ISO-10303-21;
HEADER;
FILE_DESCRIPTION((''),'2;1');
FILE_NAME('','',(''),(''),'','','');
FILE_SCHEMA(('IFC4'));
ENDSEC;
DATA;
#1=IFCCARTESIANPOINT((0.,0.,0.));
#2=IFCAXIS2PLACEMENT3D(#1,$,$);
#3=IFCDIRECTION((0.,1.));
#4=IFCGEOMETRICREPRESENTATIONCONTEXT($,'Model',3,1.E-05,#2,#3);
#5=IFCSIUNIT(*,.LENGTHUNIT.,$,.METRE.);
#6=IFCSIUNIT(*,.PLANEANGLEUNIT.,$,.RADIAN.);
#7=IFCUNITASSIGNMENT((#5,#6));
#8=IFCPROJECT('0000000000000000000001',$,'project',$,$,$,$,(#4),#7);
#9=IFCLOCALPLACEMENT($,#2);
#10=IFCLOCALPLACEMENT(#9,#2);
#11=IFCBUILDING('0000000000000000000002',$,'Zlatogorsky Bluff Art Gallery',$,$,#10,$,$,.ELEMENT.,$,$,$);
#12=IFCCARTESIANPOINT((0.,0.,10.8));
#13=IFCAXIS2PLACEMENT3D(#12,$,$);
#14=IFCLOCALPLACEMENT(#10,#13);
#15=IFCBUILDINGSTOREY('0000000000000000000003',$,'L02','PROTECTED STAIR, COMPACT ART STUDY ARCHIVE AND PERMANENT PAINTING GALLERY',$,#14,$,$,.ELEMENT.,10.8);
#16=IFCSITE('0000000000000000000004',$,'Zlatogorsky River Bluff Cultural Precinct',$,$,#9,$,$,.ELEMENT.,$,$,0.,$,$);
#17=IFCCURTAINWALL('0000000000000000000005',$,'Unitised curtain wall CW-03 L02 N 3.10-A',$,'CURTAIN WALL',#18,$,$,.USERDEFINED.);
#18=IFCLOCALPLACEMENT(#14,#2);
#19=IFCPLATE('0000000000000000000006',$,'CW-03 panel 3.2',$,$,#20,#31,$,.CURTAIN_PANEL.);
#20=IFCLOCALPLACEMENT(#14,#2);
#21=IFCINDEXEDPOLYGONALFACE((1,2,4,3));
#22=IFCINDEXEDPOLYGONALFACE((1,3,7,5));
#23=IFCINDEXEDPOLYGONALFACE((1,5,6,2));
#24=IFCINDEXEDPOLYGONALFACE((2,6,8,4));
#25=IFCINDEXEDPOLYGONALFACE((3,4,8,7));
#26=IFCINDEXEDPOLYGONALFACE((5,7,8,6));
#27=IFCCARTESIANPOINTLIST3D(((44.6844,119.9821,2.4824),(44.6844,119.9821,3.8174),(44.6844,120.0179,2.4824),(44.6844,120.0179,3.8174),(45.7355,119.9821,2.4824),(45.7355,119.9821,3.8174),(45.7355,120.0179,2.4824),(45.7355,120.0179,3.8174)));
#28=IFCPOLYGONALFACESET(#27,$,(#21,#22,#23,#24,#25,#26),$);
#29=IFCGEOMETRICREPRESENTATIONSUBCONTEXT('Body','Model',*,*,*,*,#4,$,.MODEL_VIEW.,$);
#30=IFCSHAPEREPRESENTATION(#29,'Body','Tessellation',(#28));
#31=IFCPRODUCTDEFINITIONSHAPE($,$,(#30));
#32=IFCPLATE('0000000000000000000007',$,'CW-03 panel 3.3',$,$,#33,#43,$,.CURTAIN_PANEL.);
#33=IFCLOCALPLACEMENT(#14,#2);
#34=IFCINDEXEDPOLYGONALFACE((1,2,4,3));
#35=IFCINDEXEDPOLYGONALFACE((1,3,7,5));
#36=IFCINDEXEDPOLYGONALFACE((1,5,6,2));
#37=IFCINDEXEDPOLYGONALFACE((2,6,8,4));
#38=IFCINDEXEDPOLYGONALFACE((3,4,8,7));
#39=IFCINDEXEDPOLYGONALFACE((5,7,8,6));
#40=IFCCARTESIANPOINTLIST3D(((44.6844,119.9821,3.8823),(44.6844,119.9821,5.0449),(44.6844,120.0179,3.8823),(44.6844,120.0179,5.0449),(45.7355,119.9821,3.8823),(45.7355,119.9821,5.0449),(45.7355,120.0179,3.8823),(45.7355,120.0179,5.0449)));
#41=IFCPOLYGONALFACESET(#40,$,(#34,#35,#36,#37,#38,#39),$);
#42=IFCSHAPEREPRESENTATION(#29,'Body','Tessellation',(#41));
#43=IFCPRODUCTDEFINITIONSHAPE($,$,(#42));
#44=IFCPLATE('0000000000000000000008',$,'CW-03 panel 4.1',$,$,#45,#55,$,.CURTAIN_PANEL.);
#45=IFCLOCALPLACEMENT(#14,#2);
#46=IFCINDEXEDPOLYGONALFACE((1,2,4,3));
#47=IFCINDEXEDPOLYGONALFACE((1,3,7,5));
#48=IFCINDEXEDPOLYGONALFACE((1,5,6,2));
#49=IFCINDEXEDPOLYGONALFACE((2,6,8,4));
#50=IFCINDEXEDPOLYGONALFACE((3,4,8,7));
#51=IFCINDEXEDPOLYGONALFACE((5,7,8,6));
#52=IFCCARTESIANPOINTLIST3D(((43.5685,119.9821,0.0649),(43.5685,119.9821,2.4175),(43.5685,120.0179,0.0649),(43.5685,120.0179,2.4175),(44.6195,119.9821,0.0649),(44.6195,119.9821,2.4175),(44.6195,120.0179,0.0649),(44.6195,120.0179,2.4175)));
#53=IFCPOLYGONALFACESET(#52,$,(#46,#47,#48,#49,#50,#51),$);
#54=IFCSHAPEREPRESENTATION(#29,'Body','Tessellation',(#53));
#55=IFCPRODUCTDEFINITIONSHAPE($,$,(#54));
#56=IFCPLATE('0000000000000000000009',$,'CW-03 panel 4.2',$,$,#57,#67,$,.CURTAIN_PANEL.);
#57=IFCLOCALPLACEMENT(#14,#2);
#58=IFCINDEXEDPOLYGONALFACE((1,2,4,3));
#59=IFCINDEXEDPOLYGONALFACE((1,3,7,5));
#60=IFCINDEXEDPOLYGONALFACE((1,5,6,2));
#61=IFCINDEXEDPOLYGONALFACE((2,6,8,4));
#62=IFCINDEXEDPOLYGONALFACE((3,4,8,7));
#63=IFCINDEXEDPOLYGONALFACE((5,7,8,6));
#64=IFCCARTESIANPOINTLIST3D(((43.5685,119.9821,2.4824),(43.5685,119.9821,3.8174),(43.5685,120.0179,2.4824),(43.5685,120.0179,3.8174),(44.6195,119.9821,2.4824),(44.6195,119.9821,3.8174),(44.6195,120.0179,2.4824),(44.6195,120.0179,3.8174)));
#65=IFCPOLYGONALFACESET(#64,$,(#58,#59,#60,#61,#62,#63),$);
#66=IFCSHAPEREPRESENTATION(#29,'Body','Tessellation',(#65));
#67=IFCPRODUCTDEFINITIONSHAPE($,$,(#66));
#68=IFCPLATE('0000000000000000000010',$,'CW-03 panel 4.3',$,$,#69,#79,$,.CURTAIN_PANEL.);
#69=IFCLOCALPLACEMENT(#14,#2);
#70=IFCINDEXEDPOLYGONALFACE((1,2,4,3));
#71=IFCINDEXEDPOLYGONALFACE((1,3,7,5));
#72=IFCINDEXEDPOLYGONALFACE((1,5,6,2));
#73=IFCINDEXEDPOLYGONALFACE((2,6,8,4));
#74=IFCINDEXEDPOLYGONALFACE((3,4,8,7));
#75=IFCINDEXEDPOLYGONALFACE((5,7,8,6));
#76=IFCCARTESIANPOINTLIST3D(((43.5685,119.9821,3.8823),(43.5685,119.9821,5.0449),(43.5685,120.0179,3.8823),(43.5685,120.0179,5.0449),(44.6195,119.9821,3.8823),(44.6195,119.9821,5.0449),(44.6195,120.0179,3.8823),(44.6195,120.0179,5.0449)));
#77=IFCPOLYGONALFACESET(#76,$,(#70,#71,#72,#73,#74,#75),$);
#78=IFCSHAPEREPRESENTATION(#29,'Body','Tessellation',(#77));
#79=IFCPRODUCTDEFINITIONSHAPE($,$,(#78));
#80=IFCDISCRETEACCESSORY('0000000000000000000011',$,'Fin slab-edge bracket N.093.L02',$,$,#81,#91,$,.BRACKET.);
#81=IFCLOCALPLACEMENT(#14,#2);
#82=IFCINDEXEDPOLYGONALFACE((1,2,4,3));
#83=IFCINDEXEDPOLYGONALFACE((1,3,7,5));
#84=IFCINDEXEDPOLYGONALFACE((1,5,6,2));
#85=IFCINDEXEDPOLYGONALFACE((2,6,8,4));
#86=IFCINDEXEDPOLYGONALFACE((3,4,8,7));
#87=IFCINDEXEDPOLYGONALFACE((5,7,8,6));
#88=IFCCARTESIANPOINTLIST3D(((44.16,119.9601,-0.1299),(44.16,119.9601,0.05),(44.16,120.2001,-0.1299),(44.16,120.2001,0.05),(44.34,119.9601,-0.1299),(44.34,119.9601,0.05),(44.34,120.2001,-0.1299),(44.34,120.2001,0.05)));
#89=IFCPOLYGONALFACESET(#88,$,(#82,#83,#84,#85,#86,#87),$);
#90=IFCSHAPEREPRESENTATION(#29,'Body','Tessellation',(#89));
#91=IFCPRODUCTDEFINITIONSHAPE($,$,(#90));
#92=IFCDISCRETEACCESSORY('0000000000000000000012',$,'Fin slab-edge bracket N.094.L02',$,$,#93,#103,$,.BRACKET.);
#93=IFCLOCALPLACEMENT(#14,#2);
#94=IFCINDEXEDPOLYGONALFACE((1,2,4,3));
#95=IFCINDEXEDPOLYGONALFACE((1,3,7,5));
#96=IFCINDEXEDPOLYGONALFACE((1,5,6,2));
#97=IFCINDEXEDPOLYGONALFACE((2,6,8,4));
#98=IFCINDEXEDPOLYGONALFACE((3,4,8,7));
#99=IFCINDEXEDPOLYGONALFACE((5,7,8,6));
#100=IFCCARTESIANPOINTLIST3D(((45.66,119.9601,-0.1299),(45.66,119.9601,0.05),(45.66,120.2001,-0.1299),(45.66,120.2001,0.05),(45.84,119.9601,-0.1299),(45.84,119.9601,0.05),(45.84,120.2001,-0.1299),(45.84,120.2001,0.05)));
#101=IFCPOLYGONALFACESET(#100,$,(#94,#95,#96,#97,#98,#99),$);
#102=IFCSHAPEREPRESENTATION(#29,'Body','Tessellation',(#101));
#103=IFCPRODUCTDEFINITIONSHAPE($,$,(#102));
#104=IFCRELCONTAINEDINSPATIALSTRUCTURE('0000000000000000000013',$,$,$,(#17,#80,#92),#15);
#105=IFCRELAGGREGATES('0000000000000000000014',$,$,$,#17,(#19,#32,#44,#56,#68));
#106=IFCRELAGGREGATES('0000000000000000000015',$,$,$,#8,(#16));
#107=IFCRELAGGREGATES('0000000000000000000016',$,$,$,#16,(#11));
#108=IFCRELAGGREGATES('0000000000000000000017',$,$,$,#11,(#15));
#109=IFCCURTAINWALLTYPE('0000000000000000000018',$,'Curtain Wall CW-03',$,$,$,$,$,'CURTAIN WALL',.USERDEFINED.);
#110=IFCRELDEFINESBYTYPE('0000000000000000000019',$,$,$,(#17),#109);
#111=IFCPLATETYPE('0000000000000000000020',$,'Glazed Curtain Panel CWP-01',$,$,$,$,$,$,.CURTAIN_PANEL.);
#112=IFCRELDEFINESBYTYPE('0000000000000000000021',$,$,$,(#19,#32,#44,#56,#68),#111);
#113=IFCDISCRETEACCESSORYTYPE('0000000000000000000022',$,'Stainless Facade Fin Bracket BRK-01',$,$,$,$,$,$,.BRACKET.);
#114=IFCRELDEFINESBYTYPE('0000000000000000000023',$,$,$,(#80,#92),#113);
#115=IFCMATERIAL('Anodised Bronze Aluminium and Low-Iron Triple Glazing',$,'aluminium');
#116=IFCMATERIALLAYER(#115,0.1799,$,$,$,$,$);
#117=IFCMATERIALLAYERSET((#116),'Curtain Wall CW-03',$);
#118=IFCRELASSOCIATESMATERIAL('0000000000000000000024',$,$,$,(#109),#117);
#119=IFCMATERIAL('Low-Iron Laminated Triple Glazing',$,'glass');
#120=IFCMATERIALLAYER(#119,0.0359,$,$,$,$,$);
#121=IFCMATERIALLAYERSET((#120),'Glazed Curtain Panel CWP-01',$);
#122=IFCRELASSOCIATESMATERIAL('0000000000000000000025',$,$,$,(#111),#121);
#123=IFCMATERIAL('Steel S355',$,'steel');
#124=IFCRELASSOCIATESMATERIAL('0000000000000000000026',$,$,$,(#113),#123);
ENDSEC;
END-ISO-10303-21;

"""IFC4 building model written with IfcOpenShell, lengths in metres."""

from ifc_helpers import new_model, si_unit, direction, frame, origin, origin_2d, place, context, subcontext, project, spatial, rectangle, extrude, material, layer, layer_set, type_object, element, aggregate, save


model = new_model("IFC4")

# Units and contexts
model_context = context("Model", 3, precision=1e-05, world=origin(), true_north=direction((0.0, 1.0)))
body_context = subcontext(model_context, "Body", "Model", "MODEL_VIEW")
ifc_project = project(units=[si_unit("LENGTHUNIT", "METRE"), si_unit("PLANEANGLEUNIT", "RADIAN")], contexts=[model_context])

# Site, building, storey
site_placement = place(None, origin())
site = spatial("IfcSite", under=ifc_project, at=site_placement, Name="Zlatogorsky River Bluff Cultural Precinct", CompositionType="ELEMENT", RefElevation=0.0)
building_placement = place(site_placement, origin())
building = spatial("IfcBuilding", under=site, at=building_placement, Name="Zlatogorsky Bluff Art Gallery", CompositionType="ELEMENT")
storey_placement = place(building_placement, frame((0.0, 0.0, 10.8)))
storey = spatial("IfcBuildingStorey", under=building, at=storey_placement, Name="L02", Description="PROTECTED STAIR, COMPACT ART STUDY ARCHIVE AND PERMANENT PAINTING GALLERY", CompositionType="ELEMENT", Elevation=10.8)

# Curtain wall, plates
ifc_material_1 = material(Name="Anodised Bronze Aluminium and Low-Iron Triple Glazing", Category="aluminium")
ifc_layer_1 = layer(ifc_material_1, 0.1799)
ifc_layer_set_1 = layer_set([ifc_layer_1], Name="Curtain Wall CW-03")
curtain_wall_type = type_object("IfcCurtainWallType", Name="Curtain Wall CW-03", ElementType="CURTAIN WALL", PredefinedType="USERDEFINED", material=ifc_layer_set_1)
curtain_wall_placement = place(storey_placement, origin())
curtain_wall = element("IfcCurtainWall", 1, at=curtain_wall_placement, inside=storey, type_object=curtain_wall_type, Name="Unitised curtain wall CW-03 L02 N 3.10-A", ObjectType="CURTAIN WALL", PredefinedType="USERDEFINED")
ifc_material_2 = material(Name="Low-Iron Laminated Triple Glazing", Category="glass")
ifc_layer_2 = layer(ifc_material_2, 0.0359)
ifc_layer_set_2 = layer_set([ifc_layer_2], Name="Glazed Curtain Panel CWP-01")
plate_type = type_object("IfcPlateType", Name="Glazed Curtain Panel CWP-01", PredefinedType="CURTAIN_PANEL", material=ifc_layer_set_2)
plate_1_placement = place(storey_placement, frame((45.21, 120.0, 2.4824), z_axis=(0.0, 0.0, 1.0), x_axis=(-1.0, 0.0, 0.0)))
plate_1 = element("IfcPlate", 2, at=plate_1_placement, type_object=plate_type, Name="CW-03 panel 3.2", PredefinedType="CURTAIN_PANEL", context=body_context, shape_type="SweptSolid", body=[
    extrude(rectangle(XDim=1.051, YDim=0.0359, at=origin_2d()), origin(), (0.0, 0.0, 1.0), 1.335),
])
plate_2_placement = place(storey_placement, frame((45.21, 120.0, 3.8823), z_axis=(0.0, 0.0, 1.0), x_axis=(-1.0, 0.0, 0.0)))
plate_2 = element("IfcPlate", 3, at=plate_2_placement, type_object=plate_type, Name="CW-03 panel 3.3", PredefinedType="CURTAIN_PANEL", context=body_context, shape_type="SweptSolid", body=[
    extrude(rectangle(XDim=1.051, YDim=0.0359, at=origin_2d()), origin(), (0.0, 0.0, 1.0), 1.1626),
])
plate_3_placement = place(storey_placement, frame((44.094, 120.0, 0.0649), z_axis=(0.0, 0.0, 1.0), x_axis=(-1.0, 0.0, 0.0)))
plate_3 = element("IfcPlate", 4, at=plate_3_placement, type_object=plate_type, Name="CW-03 panel 4.1", PredefinedType="CURTAIN_PANEL", context=body_context, shape_type="SweptSolid", body=[
    extrude(rectangle(XDim=1.051, YDim=0.0359, at=origin_2d()), origin(), (0.0, 0.0, 1.0), 2.3525),
])
plate_4_placement = place(storey_placement, frame((44.094, 120.0, 2.4824), z_axis=(0.0, 0.0, 1.0), x_axis=(-1.0, 0.0, 0.0)))
plate_4 = element("IfcPlate", 5, at=plate_4_placement, type_object=plate_type, Name="CW-03 panel 4.2", PredefinedType="CURTAIN_PANEL", context=body_context, shape_type="SweptSolid", body=[
    extrude(rectangle(XDim=1.051, YDim=0.0359, at=origin_2d()), origin(), (0.0, 0.0, 1.0), 1.335),
])
plate_5_placement = place(storey_placement, frame((44.094, 120.0, 3.8823), z_axis=(0.0, 0.0, 1.0), x_axis=(-1.0, 0.0, 0.0)))
plate_5 = element("IfcPlate", 6, at=plate_5_placement, type_object=plate_type, Name="CW-03 panel 4.3", PredefinedType="CURTAIN_PANEL", context=body_context, shape_type="SweptSolid", body=[
    extrude(rectangle(XDim=1.051, YDim=0.0359, at=origin_2d()), origin(), (0.0, 0.0, 1.0), 1.1626),
])
aggregate(curtain_wall, [plate_1, plate_2, plate_3, plate_4, plate_5])

# Discrete accessories
ifc_material_3 = material(Name="Steel S355", Category="steel")
discrete_accessory_type = type_object("IfcDiscreteAccessoryType", Name="Stainless Facade Fin Bracket BRK-01", PredefinedType="BRACKET", material=ifc_material_3)
for number, where, z_axis, x_axis, name in (
    (7, (44.25, 120.0801, -0.1299), (0.0, 0.0, 1.0), (1.0, 0.0, 0.0), "Fin slab-edge bracket N.093.L02"),
    (8, (45.75, 120.0801, -0.1299), (0.0, 0.0, 1.0), (1.0, 0.0, 0.0), "Fin slab-edge bracket N.094.L02"),
):
    element("IfcDiscreteAccessory", number, at=place(storey_placement, frame(where, z_axis=z_axis, x_axis=x_axis)), inside=storey, type_object=discrete_accessory_type, Name=name, PredefinedType="BRACKET", context=body_context, shape_type="SweptSolid", body=[
        extrude(rectangle(XDim=0.1799, YDim=0.24, at=origin_2d()), origin(), (0.0, 0.0, 1.0), 0.1799),
    ])

save(model, "model.ifc")
